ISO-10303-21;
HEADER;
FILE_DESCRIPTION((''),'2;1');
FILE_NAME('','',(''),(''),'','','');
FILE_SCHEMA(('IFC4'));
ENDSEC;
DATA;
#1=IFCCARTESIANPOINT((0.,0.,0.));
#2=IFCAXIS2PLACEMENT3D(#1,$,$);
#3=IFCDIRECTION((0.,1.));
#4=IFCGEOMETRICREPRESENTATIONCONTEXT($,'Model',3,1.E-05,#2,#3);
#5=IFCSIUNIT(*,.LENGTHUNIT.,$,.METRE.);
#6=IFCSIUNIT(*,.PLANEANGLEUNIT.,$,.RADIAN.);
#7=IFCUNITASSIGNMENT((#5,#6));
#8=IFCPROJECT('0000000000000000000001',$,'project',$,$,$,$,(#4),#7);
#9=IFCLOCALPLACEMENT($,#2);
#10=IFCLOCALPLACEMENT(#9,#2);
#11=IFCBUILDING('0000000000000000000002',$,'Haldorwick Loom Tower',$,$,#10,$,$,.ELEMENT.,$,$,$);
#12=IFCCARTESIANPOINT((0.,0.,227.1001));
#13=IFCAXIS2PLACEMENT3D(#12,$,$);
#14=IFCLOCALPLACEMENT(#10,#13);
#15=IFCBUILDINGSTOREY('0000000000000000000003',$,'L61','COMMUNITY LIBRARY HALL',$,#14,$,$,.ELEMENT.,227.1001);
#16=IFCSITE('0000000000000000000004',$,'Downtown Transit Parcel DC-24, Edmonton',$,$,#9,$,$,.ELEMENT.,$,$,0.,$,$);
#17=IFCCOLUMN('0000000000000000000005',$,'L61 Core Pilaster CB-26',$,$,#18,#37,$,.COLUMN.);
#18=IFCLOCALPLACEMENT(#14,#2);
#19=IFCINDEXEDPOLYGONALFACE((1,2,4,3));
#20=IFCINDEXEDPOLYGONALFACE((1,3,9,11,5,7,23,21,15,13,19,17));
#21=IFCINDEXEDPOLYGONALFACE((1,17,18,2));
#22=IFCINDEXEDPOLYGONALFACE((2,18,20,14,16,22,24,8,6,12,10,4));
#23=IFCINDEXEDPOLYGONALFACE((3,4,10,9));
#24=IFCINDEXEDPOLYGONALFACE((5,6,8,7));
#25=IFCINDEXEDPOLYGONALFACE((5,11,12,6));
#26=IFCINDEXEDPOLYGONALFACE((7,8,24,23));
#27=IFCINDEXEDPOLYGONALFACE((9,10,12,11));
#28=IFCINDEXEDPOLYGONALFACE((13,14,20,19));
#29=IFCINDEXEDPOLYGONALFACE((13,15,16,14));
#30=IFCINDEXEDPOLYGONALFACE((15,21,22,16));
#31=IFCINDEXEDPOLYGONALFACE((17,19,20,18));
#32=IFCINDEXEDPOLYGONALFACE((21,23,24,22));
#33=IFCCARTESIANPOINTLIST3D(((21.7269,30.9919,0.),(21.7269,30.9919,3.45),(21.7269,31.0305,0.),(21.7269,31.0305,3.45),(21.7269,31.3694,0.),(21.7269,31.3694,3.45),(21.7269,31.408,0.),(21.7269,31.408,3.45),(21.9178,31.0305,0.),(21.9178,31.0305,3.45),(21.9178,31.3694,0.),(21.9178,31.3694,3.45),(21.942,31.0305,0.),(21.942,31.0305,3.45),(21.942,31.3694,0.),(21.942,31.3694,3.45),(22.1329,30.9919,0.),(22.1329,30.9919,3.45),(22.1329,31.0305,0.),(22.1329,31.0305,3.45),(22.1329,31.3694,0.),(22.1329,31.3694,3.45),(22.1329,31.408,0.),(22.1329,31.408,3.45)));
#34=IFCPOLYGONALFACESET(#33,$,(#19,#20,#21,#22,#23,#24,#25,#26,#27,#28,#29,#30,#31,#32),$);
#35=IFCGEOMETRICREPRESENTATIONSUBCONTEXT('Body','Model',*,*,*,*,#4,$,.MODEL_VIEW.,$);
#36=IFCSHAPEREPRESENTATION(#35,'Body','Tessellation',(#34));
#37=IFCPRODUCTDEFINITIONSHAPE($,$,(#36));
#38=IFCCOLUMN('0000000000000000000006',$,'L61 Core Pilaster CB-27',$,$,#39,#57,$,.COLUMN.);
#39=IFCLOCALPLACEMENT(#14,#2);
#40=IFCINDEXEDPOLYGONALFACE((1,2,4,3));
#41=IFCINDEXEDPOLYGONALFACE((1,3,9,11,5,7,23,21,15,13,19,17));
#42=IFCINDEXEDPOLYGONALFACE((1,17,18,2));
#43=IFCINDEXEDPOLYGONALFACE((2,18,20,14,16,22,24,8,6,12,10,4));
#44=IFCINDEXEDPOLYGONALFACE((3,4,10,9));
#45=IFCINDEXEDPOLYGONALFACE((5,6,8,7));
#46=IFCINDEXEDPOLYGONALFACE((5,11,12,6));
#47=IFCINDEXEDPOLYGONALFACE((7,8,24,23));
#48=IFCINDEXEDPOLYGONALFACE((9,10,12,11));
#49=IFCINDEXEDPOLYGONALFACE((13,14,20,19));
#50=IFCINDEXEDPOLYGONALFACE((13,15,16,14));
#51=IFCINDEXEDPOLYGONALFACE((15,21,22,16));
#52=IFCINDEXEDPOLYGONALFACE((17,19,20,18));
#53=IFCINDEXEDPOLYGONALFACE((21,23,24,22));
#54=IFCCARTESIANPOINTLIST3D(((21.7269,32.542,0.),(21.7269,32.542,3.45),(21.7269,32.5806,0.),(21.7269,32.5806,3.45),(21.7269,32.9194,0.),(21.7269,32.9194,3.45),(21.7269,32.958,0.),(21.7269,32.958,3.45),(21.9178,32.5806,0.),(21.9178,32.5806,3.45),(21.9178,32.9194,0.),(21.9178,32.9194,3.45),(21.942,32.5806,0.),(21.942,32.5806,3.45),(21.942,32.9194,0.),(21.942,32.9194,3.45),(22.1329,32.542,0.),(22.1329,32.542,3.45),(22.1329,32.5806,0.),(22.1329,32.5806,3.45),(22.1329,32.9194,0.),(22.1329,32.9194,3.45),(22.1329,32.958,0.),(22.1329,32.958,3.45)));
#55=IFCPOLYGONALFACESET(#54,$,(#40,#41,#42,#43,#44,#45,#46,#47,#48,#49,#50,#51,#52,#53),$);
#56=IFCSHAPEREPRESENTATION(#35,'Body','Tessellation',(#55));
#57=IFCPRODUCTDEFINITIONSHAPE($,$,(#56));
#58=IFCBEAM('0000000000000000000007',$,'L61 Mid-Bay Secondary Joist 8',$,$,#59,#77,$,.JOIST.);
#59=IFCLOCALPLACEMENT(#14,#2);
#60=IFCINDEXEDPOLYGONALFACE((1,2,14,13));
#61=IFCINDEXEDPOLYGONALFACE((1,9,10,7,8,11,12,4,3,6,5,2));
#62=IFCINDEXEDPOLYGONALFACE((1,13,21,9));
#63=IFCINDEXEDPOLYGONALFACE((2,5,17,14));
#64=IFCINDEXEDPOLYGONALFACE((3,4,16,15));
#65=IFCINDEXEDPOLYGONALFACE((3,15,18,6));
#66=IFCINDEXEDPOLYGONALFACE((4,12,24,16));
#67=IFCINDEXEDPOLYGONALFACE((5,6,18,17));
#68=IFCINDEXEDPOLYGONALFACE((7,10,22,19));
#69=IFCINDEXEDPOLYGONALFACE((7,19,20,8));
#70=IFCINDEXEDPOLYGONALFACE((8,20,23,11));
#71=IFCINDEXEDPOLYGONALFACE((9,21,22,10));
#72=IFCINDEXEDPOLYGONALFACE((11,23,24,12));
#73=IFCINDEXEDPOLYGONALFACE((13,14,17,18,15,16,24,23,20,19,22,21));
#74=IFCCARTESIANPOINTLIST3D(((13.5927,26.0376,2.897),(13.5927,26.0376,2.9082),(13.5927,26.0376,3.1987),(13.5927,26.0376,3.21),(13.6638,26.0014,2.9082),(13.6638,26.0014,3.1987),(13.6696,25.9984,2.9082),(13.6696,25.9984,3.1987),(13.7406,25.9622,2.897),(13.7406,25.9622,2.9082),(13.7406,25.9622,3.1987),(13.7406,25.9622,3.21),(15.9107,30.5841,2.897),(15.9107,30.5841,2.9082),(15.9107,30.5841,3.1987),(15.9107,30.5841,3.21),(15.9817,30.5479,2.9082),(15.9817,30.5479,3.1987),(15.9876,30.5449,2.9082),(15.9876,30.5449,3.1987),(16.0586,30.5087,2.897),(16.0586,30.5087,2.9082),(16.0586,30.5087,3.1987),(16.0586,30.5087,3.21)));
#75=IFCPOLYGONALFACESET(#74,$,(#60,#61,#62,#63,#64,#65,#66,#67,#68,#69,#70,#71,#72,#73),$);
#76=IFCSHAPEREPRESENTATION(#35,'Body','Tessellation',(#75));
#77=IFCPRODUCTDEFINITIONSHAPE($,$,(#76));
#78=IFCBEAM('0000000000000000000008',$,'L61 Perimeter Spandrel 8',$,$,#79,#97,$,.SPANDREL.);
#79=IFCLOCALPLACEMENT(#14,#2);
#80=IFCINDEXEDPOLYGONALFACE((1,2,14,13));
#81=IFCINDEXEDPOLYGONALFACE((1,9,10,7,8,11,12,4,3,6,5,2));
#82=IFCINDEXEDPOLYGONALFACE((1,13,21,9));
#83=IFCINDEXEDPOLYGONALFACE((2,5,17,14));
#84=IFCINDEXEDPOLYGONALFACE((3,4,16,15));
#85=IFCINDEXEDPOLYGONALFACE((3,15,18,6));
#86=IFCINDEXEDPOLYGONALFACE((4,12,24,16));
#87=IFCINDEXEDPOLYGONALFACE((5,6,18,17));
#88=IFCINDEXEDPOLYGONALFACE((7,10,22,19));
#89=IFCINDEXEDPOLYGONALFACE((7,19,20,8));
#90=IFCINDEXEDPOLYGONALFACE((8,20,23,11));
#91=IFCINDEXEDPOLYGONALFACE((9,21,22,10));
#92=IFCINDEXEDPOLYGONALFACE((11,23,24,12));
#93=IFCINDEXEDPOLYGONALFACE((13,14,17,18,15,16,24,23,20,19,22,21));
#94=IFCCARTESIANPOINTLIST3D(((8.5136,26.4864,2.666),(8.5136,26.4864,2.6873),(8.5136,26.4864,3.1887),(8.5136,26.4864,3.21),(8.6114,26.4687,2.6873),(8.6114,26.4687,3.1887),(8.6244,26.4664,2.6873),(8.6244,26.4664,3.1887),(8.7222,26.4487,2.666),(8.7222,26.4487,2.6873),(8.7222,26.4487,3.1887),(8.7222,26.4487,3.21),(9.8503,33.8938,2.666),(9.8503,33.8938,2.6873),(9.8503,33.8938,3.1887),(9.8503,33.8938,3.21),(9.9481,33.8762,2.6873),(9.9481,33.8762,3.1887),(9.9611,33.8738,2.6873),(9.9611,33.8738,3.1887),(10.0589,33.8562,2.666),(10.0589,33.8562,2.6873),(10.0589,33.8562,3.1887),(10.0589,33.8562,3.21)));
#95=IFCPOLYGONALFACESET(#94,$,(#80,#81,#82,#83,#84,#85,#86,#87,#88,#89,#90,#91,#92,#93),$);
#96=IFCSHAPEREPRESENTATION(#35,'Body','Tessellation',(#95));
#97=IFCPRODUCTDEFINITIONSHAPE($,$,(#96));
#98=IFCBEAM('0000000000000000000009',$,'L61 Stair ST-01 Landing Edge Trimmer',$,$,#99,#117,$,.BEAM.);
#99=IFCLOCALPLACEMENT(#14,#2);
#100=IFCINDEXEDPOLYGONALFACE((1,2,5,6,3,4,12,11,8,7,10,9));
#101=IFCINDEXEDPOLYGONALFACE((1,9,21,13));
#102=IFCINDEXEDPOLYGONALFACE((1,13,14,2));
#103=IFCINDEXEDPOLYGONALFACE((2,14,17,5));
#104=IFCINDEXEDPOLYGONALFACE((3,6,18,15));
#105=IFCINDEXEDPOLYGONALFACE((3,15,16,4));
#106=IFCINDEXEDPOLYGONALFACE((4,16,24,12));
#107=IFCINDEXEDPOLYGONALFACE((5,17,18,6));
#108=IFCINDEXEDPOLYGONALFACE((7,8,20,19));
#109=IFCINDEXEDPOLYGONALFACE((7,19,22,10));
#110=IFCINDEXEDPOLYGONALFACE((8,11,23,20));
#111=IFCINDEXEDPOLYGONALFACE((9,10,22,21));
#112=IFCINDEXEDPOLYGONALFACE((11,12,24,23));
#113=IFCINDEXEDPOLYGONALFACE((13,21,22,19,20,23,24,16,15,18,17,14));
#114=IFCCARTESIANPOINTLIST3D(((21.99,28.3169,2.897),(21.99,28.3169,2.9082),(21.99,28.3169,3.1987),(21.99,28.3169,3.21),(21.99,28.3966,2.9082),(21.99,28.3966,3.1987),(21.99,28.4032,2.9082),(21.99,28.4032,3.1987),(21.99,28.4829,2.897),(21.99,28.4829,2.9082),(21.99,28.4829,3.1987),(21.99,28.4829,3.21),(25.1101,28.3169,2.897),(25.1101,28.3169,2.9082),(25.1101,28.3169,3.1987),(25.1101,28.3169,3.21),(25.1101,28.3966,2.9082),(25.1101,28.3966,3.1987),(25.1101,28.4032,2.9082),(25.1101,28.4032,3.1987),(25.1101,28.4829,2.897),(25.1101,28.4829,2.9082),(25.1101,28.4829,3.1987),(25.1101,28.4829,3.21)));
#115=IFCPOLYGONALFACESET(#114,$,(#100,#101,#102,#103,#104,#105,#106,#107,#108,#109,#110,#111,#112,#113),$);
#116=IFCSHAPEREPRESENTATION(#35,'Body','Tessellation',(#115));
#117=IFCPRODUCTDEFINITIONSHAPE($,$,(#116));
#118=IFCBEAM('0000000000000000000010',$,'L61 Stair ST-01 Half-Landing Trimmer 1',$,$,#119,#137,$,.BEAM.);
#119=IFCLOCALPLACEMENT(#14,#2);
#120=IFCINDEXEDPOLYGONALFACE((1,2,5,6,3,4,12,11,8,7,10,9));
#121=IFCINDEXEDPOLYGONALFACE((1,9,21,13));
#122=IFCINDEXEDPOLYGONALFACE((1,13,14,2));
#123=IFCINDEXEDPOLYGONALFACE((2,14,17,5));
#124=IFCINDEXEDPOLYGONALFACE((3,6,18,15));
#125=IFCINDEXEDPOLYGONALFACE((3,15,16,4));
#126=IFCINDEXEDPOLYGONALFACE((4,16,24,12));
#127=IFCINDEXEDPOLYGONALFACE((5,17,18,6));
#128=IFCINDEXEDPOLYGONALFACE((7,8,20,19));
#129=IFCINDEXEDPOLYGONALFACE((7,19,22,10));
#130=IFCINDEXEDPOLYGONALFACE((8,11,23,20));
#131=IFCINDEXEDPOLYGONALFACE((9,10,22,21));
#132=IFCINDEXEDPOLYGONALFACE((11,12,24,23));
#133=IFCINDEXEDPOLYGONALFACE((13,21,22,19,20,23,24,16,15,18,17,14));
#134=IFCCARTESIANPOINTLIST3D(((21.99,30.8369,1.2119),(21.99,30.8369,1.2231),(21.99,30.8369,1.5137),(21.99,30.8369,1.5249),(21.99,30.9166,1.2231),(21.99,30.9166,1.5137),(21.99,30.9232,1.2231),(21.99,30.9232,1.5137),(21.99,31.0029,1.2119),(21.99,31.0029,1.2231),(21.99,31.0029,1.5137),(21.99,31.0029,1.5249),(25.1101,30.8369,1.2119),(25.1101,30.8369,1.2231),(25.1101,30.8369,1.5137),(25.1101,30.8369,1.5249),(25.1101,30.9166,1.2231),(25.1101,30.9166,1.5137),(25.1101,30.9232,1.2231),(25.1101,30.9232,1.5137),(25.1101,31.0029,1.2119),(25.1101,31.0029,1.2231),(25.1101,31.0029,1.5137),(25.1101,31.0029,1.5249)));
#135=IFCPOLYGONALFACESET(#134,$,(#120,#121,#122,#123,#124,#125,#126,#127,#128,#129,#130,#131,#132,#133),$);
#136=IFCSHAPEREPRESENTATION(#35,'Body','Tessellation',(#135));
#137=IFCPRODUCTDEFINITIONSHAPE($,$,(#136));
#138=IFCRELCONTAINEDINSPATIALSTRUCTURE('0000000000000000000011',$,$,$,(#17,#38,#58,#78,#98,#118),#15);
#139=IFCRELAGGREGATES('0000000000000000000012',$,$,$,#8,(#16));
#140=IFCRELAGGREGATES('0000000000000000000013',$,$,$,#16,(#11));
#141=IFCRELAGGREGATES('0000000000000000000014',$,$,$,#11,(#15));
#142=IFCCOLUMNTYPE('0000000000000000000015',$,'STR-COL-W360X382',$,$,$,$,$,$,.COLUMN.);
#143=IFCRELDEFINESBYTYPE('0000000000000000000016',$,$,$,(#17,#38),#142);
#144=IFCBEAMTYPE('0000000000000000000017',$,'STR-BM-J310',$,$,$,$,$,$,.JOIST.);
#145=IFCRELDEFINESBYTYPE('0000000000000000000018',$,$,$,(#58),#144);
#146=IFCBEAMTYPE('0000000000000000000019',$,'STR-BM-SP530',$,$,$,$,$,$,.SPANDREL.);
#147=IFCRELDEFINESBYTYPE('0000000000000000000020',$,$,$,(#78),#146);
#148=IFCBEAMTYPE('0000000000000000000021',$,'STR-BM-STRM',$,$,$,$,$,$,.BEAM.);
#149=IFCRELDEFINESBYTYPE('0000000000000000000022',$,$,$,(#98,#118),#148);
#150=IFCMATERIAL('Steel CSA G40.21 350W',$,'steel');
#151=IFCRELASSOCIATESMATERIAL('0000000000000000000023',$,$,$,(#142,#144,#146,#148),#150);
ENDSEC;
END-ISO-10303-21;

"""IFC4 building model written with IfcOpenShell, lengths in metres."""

from ifc_helpers import new_model, si_unit, direction, frame, origin, origin_2d, place, context, subcontext, project, spatial, i_section, extrude, material, material_profile, profile_set, type_object, element, save


model = new_model("IFC4")

# Units and contexts
model_context = context("Model", 3, precision=1e-05, world=origin(), true_north=direction((0.0, 1.0)))
body_context = subcontext(model_context, "Body", "Model", "MODEL_VIEW")
ifc_project = project(units=[si_unit("LENGTHUNIT", "METRE"), si_unit("PLANEANGLEUNIT", "RADIAN")], contexts=[model_context])

# Site, building, storey
site_placement = place(None, origin())
site = spatial("IfcSite", under=ifc_project, at=site_placement, Name="Downtown Transit Parcel DC-24, Edmonton", CompositionType="ELEMENT", RefElevation=0.0)
building_placement = place(site_placement, origin())
building = spatial("IfcBuilding", under=site, at=building_placement, Name="Haldorwick Loom Tower", CompositionType="ELEMENT")
storey_placement = place(building_placement, frame((0.0, 0.0, 227.1001)))
storey = spatial("IfcBuildingStorey", under=building, at=storey_placement, Name="L61", Description="COMMUNITY LIBRARY HALL", CompositionType="ELEMENT", Elevation=227.1001)

# Columns
ifc_material_1 = material(Name="Steel CSA G40.21 350W", Category="steel")
ifc_material_profile_1 = material_profile(ifc_material_1, i_section(OverallWidth=0.406, OverallDepth=0.416, WebThickness=0.0242, FlangeThickness=0.0386, at=origin_2d()), Name="W360X382", Category="steel")
ifc_profile_set_1 = profile_set([ifc_material_profile_1], Name="Steel CSA G40.21 350W")
column_type = type_object("IfcColumnType", Name="STR-COL-W360X382", PredefinedType="COLUMN", material=ifc_profile_set_1)
for number, where, z_axis, x_axis, name in (
    (1, (21.9299, 31.2, 0.0), (0.0, 0.0, 1.0), (1.0, 0.0, 0.0), "L61 Core Pilaster CB-26"),
    (2, (21.9299, 32.75, 0.0), (0.0, 0.0, 1.0), (1.0, 0.0, 0.0), "L61 Core Pilaster CB-27"),
):
    element("IfcColumn", number, at=place(storey_placement, frame(where, z_axis=z_axis, x_axis=x_axis)), inside=storey, type_object=column_type, Name=name, PredefinedType="COLUMN", context=body_context, shape_type="SweptSolid", body=[
        extrude(i_section(OverallWidth=0.406, OverallDepth=0.416, WebThickness=0.0242, FlangeThickness=0.0386, at=origin_2d()), origin(), (0.0, 0.0, 1.0), 3.45),
    ])

# Beams
ifc_material_profile_2 = material_profile(ifc_material_1, i_section(OverallWidth=0.166, OverallDepth=0.313, WebThickness=0.0066, FlangeThickness=0.0112, at=origin_2d()), Name="W310X45", Category="steel")
ifc_profile_set_2 = profile_set([ifc_material_profile_2], Name="Steel CSA G40.21 350W")
beam_type_1 = type_object("IfcBeamType", Name="STR-BM-J310", PredefinedType="JOIST", material=ifc_profile_set_2)
beam_1_placement = place(storey_placement, frame((15.9846, 30.5464, 3.0535), z_axis=(-0.454204, -0.890898, 0.0), x_axis=(0.890898, -0.454204, 0.0)))
element("IfcBeam", 3, at=beam_1_placement, inside=storey, type_object=beam_type_1, Name="L61 Mid-Bay Secondary Joist 8", PredefinedType="JOIST", context=body_context, shape_type="SweptSolid", body=[
    extrude(i_section(OverallWidth=0.166, OverallDepth=0.313, WebThickness=0.0066, FlangeThickness=0.0112, at=origin_2d()), origin(), (0.0, 0.0, 1.0), 5.1033),
])
ifc_material_profile_3 = material_profile(ifc_material_1, i_section(OverallWidth=0.2119, OverallDepth=0.5439, WebThickness=0.0132, FlangeThickness=0.0212, at=origin_2d()), Name="W530X123", Category="steel")
ifc_profile_set_3 = profile_set([ifc_material_profile_3], Name="Steel CSA G40.21 350W")
beam_type_2 = type_object("IfcBeamType", Name="STR-BM-SP530", PredefinedType="SPANDREL", material=ifc_profile_set_3)
beam_2_placement = place(storey_placement, frame((9.9546, 33.875, 2.938), z_axis=(-0.177581, -0.984106, 0.0), x_axis=(0.984106, -0.177581, 0.0)))
element("IfcBeam", 4, at=beam_2_placement, inside=storey, type_object=beam_type_2, Name="L61 Perimeter Spandrel 8", PredefinedType="SPANDREL", context=body_context, shape_type="SweptSolid", body=[
    extrude(i_section(OverallWidth=0.2119, OverallDepth=0.5439, WebThickness=0.0132, FlangeThickness=0.0212, at=origin_2d()), origin(), (0.0, 0.0, 1.0), 7.5271),
])
ifc_material_profile_4 = material_profile(ifc_material_1, i_section(OverallWidth=0.166, OverallDepth=0.313, WebThickness=0.0066, FlangeThickness=0.0112, at=origin_2d()), Name="W310X45", Category="steel")
ifc_profile_set_4 = profile_set([ifc_material_profile_4], Name="Steel CSA G40.21 350W")
beam_type_3 = type_object("IfcBeamType", Name="STR-BM-STRM", PredefinedType="BEAM", material=ifc_profile_set_4)
for number, where, z_axis, x_axis, name in (
    (5, (21.99, 28.3999, 3.0535), (1.0, 0.0, 0.0), (0.0, 1.0, 0.0), "L61 Stair ST-01 Landing Edge Trimmer"),
    (6, (21.99, 30.9199, 1.3684), (1.0, 0.0, 0.0), (0.0, 1.0, 0.0), "L61 Stair ST-01 Half-Landing Trimmer 1"),
):
    element("IfcBeam", number, at=place(storey_placement, frame(where, z_axis=z_axis, x_axis=x_axis)), inside=storey, type_object=beam_type_3, Name=name, PredefinedType="BEAM", context=body_context, shape_type="SweptSolid", body=[
        extrude(i_section(OverallWidth=0.166, OverallDepth=0.313, WebThickness=0.0066, FlangeThickness=0.0112, at=origin_2d()), origin(), (0.0, 0.0, 1.0), 3.1201),
    ])

save(model, "model.ifc")
